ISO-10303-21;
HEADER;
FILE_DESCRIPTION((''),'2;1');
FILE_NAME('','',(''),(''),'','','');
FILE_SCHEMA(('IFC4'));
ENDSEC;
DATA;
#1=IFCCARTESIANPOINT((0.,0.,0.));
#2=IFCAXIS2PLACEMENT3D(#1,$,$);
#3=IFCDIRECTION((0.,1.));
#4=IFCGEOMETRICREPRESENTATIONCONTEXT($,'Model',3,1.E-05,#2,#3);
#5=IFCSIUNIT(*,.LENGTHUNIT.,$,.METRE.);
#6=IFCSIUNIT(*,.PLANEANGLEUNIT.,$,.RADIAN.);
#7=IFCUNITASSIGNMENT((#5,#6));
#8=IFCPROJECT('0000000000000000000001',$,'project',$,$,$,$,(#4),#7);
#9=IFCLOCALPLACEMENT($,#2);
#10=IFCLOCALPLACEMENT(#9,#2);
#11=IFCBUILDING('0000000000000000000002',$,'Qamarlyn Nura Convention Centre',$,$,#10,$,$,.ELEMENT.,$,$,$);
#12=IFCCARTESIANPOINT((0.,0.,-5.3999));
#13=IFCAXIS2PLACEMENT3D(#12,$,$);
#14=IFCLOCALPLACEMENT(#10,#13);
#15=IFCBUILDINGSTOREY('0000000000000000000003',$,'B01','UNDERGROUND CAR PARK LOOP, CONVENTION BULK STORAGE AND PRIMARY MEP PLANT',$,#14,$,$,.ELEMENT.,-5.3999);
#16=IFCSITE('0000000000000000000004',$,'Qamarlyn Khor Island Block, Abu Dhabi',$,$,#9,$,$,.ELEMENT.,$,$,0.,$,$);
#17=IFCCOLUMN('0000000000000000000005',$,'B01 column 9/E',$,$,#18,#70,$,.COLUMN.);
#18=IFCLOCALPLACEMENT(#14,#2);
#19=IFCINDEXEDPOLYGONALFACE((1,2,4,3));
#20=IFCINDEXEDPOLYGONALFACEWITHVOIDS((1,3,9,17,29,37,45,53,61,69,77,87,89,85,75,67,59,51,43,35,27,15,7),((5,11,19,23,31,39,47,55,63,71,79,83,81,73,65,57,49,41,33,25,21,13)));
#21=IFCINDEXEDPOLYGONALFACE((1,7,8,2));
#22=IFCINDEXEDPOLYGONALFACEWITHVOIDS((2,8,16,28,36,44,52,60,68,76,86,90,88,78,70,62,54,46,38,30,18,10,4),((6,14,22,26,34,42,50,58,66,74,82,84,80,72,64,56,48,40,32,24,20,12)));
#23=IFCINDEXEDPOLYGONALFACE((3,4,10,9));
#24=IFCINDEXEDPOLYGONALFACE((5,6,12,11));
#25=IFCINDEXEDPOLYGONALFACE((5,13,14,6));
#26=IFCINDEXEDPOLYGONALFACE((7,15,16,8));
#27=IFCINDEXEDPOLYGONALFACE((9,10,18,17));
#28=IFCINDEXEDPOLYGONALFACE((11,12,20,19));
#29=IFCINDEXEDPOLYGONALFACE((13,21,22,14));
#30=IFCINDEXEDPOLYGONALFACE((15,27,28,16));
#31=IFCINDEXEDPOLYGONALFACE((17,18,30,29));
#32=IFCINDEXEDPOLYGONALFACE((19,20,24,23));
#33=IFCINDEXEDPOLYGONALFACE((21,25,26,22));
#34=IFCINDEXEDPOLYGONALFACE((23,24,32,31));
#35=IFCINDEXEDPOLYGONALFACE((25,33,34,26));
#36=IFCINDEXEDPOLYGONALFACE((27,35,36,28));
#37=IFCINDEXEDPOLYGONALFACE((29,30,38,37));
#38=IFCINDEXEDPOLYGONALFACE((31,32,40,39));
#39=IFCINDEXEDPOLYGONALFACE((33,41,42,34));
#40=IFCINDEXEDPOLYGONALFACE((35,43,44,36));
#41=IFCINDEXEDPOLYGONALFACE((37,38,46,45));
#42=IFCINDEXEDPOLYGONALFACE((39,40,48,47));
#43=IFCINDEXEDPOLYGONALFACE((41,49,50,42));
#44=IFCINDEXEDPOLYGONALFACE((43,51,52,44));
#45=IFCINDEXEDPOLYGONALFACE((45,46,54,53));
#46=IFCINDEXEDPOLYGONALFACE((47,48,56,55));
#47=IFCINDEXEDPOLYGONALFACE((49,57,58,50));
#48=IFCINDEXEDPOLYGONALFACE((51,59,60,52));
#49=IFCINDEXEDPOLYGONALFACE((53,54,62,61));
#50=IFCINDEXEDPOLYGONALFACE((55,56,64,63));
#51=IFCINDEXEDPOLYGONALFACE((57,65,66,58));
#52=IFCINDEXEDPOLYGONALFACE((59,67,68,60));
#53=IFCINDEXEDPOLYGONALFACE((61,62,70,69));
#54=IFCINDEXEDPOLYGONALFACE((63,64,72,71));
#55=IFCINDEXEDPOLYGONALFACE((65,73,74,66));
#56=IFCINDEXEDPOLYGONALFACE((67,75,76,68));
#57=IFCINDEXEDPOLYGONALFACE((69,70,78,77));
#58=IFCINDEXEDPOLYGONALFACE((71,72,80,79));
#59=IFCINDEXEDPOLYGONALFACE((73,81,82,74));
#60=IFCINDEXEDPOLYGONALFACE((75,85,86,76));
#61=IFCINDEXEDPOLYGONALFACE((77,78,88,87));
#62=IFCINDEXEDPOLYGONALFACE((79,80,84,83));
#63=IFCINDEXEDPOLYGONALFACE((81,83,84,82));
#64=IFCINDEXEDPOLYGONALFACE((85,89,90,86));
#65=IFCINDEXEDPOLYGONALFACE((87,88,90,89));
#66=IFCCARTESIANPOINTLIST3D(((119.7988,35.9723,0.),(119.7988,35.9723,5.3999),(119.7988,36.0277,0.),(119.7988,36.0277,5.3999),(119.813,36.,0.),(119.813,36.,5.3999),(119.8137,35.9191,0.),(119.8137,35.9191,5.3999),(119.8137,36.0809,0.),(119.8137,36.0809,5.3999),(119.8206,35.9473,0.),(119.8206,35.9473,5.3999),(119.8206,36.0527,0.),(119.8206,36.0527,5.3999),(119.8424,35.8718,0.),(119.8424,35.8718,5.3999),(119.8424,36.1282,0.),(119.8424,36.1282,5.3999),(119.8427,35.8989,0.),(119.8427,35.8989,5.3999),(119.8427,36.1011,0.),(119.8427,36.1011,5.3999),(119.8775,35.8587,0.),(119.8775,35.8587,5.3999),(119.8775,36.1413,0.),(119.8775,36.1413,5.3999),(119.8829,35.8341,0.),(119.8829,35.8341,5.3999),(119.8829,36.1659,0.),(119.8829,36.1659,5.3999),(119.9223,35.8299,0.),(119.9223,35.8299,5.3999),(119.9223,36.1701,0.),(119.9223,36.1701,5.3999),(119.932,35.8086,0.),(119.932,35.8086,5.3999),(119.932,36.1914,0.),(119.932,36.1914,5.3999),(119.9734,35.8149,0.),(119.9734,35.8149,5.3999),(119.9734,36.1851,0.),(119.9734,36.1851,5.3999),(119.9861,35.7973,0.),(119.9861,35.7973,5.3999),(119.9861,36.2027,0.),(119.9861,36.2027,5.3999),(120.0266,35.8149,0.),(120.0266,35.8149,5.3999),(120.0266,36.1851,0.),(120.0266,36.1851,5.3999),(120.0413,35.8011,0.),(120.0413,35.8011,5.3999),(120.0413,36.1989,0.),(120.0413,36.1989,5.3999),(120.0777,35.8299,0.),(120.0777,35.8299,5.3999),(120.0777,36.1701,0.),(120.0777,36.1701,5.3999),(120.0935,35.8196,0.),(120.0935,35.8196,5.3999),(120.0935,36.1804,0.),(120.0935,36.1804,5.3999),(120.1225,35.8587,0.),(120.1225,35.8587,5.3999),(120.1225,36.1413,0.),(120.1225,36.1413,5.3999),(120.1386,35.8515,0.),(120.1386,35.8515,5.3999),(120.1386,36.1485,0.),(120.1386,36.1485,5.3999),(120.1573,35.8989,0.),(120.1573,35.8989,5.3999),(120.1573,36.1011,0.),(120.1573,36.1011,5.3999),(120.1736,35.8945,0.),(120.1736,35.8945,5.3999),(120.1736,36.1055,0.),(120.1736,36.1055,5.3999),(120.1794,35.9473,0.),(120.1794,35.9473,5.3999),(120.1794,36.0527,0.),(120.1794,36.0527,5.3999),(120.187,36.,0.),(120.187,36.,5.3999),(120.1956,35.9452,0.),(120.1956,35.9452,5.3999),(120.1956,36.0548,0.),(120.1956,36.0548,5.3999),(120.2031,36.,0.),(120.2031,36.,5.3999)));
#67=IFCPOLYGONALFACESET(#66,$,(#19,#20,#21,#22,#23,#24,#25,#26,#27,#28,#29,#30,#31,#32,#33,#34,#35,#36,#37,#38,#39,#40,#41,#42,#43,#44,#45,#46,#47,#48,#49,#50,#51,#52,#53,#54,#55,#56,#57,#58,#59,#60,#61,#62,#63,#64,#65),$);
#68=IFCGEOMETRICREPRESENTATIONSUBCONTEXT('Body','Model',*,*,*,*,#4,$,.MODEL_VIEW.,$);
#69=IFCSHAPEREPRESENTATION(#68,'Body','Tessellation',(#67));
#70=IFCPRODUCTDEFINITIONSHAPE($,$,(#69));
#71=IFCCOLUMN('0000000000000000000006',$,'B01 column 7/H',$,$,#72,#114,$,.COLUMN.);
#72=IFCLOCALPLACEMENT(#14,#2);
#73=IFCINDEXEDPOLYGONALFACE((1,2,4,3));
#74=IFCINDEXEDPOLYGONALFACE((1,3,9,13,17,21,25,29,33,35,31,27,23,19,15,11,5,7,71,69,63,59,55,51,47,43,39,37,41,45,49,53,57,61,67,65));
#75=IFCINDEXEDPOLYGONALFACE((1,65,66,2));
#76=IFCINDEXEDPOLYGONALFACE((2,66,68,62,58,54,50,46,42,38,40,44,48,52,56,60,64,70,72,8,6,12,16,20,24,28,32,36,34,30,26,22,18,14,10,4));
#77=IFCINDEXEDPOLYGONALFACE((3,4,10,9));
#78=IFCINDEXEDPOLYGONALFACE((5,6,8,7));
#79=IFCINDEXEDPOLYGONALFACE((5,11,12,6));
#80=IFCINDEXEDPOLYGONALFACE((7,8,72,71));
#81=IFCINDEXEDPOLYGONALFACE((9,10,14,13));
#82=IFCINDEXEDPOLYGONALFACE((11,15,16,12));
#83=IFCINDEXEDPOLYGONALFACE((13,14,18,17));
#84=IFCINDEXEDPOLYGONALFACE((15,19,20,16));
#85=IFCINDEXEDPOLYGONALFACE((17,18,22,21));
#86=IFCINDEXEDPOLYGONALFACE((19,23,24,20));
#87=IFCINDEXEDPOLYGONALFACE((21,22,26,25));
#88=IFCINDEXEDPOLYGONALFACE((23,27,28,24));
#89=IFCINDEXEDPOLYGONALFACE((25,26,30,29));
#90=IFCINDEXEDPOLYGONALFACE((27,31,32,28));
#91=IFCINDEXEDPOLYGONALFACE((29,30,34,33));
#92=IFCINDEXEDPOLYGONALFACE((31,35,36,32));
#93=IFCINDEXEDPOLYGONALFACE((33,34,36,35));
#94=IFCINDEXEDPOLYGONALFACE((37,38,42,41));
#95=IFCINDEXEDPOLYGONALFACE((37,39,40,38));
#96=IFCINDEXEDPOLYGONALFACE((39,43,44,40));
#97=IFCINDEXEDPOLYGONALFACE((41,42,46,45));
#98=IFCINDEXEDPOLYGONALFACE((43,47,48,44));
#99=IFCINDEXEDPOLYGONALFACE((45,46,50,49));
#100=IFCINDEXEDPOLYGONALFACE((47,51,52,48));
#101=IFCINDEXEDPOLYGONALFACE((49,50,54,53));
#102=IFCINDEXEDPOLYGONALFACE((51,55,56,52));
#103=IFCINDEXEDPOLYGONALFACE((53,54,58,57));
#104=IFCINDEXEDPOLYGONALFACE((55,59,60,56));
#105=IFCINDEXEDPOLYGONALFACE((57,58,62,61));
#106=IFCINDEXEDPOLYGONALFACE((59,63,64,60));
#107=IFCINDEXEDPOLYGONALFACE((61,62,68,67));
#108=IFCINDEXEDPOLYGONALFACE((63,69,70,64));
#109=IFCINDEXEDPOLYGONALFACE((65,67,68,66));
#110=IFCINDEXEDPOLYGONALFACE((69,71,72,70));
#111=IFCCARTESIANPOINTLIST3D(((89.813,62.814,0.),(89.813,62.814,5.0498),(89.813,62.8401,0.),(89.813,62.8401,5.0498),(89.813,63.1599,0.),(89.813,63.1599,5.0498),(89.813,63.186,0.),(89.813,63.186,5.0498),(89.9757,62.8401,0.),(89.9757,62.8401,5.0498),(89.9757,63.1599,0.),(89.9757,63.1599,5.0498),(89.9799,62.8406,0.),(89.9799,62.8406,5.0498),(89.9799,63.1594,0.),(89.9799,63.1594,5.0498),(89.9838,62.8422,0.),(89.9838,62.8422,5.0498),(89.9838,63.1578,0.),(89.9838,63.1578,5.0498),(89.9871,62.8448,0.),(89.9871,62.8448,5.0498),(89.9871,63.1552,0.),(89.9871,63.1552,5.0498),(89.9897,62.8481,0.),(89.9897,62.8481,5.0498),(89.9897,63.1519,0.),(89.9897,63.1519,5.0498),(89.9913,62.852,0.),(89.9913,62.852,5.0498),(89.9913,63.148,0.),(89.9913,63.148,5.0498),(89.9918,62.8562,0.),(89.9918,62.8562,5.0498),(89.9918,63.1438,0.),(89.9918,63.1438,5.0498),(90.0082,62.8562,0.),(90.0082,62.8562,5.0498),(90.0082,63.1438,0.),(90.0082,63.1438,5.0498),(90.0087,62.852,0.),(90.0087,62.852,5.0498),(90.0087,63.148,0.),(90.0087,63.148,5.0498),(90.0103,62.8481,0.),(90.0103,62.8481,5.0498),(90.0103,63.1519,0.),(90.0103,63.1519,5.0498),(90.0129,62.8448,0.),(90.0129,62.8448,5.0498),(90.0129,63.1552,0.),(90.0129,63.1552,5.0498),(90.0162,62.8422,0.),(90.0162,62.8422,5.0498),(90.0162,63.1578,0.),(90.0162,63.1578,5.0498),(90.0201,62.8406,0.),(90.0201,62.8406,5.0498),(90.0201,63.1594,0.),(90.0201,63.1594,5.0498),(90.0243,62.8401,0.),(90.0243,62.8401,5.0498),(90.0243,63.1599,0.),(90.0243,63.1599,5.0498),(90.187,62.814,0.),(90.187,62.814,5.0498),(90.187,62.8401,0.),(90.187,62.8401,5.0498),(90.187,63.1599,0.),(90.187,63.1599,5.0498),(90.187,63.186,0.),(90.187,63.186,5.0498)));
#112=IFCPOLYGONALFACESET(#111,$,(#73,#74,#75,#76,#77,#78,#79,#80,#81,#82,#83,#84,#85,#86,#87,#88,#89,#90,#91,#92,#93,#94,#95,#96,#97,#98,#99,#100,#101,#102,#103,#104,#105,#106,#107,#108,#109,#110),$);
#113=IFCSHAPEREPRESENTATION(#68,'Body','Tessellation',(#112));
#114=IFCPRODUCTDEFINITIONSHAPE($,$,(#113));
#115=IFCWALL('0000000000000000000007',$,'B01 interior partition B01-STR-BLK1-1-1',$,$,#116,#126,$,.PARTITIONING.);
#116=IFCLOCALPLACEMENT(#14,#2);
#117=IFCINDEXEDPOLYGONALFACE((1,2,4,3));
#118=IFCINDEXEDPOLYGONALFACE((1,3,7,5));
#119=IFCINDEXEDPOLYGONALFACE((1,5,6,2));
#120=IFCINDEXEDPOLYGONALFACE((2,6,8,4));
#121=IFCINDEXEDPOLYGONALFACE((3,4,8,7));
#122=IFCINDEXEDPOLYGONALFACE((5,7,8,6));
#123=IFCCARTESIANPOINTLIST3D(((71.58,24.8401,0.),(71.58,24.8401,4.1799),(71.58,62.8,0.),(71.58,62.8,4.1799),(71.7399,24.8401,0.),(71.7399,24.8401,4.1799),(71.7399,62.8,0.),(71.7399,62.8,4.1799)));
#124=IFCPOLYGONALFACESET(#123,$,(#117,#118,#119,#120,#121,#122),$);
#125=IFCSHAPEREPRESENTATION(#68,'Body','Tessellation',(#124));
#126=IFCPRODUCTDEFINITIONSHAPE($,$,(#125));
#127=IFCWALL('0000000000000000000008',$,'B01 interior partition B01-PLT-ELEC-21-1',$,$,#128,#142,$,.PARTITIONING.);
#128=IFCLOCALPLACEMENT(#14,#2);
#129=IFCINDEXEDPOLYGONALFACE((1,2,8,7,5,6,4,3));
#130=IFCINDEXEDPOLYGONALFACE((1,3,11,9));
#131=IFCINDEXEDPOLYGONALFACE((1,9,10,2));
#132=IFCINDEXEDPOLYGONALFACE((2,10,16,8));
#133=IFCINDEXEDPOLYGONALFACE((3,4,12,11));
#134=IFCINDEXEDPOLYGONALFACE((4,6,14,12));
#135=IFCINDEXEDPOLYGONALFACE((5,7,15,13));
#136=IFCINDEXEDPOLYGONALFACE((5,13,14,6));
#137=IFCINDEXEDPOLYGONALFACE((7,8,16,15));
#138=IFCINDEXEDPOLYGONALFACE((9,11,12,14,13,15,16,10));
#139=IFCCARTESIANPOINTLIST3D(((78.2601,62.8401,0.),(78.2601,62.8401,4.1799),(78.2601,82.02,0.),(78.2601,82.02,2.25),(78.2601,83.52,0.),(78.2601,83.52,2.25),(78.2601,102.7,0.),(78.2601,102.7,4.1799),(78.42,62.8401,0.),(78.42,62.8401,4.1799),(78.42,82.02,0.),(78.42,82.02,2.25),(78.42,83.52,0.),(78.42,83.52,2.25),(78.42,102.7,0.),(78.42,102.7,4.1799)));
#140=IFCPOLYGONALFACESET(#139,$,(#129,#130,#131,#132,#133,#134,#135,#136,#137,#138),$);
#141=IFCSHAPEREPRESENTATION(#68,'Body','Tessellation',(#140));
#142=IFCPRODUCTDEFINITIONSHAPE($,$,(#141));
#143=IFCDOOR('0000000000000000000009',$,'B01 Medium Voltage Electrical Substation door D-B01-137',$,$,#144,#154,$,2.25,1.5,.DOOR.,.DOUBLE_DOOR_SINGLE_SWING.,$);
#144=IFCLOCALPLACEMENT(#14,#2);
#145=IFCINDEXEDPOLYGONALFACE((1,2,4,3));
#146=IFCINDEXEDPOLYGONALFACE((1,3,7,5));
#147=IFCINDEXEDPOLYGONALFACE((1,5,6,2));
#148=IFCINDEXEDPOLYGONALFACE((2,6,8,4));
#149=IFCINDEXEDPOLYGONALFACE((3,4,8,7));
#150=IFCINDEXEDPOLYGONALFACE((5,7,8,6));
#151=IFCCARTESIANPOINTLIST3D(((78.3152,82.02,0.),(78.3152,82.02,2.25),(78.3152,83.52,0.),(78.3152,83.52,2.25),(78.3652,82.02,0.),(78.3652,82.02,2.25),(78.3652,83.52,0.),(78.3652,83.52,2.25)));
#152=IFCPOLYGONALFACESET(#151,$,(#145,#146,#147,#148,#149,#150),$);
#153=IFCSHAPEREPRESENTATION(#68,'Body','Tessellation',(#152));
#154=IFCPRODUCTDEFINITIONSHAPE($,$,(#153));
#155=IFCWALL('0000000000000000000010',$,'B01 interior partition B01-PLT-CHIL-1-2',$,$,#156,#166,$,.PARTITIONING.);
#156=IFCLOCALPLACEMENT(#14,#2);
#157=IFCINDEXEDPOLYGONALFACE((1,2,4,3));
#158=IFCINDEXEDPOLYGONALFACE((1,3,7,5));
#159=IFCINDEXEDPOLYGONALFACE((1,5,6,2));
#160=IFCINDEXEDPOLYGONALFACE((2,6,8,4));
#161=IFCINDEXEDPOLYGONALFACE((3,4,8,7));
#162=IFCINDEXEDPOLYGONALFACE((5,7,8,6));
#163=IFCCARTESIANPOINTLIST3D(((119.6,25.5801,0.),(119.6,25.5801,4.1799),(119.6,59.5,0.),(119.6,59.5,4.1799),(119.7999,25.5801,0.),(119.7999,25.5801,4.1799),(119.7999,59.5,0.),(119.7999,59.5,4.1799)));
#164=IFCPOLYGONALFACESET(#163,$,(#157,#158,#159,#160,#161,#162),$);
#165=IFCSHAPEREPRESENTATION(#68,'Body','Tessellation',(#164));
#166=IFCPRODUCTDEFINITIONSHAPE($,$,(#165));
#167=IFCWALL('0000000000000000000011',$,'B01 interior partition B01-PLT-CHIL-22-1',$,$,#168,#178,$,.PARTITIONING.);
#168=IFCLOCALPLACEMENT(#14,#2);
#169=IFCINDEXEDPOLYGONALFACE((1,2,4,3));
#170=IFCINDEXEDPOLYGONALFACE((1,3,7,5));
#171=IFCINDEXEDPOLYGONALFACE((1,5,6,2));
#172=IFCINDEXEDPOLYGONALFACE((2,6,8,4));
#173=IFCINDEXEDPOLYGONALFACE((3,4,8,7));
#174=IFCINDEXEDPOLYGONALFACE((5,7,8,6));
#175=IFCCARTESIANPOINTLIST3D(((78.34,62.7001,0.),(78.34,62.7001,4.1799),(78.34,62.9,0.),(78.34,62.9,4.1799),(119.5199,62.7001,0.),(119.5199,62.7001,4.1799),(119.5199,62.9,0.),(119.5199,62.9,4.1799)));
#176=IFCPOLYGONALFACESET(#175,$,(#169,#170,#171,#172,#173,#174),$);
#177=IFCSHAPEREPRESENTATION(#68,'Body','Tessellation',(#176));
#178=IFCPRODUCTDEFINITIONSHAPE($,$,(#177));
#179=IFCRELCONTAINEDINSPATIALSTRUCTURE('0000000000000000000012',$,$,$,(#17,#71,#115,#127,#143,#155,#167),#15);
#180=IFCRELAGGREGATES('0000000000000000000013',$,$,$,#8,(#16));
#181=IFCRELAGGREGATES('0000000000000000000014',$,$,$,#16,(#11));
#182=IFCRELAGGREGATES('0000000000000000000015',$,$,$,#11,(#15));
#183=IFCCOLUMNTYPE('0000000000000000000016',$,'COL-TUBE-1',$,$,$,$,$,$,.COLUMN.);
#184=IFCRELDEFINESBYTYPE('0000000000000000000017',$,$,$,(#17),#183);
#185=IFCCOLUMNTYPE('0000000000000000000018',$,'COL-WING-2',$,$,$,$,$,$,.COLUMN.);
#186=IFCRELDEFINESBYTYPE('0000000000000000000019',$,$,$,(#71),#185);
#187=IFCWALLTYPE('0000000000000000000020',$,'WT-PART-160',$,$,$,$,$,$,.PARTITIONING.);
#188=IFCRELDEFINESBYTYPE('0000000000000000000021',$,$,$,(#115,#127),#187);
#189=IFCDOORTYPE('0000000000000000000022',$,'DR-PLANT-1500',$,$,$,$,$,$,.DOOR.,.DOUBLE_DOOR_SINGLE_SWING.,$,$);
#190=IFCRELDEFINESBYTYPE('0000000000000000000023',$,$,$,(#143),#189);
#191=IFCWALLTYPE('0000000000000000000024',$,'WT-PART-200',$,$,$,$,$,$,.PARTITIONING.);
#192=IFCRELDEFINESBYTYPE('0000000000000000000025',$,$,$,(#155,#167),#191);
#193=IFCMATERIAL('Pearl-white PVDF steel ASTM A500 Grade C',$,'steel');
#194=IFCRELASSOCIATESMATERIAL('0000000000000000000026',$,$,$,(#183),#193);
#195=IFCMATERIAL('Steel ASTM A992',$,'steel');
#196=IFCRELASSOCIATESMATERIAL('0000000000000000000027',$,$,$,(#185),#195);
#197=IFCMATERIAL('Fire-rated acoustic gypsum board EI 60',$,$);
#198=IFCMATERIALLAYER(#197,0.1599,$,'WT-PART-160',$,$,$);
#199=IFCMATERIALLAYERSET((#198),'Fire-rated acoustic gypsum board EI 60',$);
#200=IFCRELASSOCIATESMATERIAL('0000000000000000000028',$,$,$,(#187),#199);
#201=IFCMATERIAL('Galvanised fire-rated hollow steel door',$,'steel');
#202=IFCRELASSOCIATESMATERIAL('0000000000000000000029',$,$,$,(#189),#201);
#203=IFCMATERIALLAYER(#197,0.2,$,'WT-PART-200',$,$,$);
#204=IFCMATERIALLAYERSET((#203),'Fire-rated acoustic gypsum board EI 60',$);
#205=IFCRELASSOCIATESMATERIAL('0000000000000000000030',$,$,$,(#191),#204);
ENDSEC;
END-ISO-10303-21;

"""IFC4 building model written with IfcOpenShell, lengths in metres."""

from ifc_helpers import new_model, si_unit, direction, frame, frame_2d, origin, origin_2d, place, context, subcontext, project, spatial, rectangle, hollow_circle, i_section, extrude, material, layer, layer_set, material_profile, profile_set, type_object, element, fill, save


model = new_model("IFC4")

# Units and contexts
model_context = context("Model", 3, precision=1e-05, world=origin(), true_north=direction((0.0, 1.0)))
body_context = subcontext(model_context, "Body", "Model", "MODEL_VIEW")
ifc_project = project(units=[si_unit("LENGTHUNIT", "METRE"), si_unit("PLANEANGLEUNIT", "RADIAN")], contexts=[model_context])

# Site, building, storey
site_placement = place(None, origin())
site = spatial("IfcSite", under=ifc_project, at=site_placement, Name="Qamarlyn Khor Island Block, Abu Dhabi", CompositionType="ELEMENT", RefElevation=0.0)
building_placement = place(site_placement, origin())
building = spatial("IfcBuilding", under=site, at=building_placement, Name="Qamarlyn Nura Convention Centre", CompositionType="ELEMENT")
storey_placement = place(building_placement, frame((0.0, 0.0, -5.3999)))
storey = spatial("IfcBuildingStorey", under=building, at=storey_placement, Name="B01", Description="UNDERGROUND CAR PARK LOOP, CONVENTION BULK STORAGE AND PRIMARY MEP PLANT", CompositionType="ELEMENT", Elevation=-5.3999)

# Columns
ifc_material_1 = material(Name="Pearl-white PVDF steel ASTM A500 Grade C", Category="steel")
ifc_material_profile_1 = material_profile(ifc_material_1, hollow_circle(Radius=0.2031, WallThickness=0.0161, at=origin_2d()), Name="CHS406.4X16")
ifc_profile_set_1 = profile_set([ifc_material_profile_1], Name="Pearl-white PVDF steel ASTM A500 Grade C")
column_type_1 = type_object("IfcColumnType", Name="COL-TUBE-1", PredefinedType="COLUMN", material=ifc_profile_set_1)
column_1_placement = place(storey_placement, frame((120.0, 36.0, 0.0), z_axis=(0.0, 0.0, 1.0), x_axis=(1.0, 0.0, 0.0)))
element("IfcColumn", 1, at=column_1_placement, inside=storey, type_object=column_type_1, Name="B01 column 9/E", PredefinedType="COLUMN", context=body_context, shape_type="SweptSolid", body=[
    extrude(hollow_circle(Radius=0.2031, WallThickness=0.0161, at=origin_2d()), origin(), (0.0, 0.0, 1.0), 5.3999),
])
ifc_material_2 = material(Name="Steel ASTM A992", Category="steel")
ifc_material_profile_2 = material_profile(ifc_material_2, i_section(OverallWidth=0.374, OverallDepth=0.3721, WebThickness=0.0164, FlangeThickness=0.0261, FilletRadius=0.0161, at=origin_2d()), Name="W360X196")
ifc_profile_set_2 = profile_set([ifc_material_profile_2], Name="Steel ASTM A992")
column_type_2 = type_object("IfcColumnType", Name="COL-WING-2", PredefinedType="COLUMN", material=ifc_profile_set_2)
column_2_placement = place(storey_placement, frame((90.0, 63.0, 0.0), z_axis=(0.0, 0.0, 1.0), x_axis=(1.0, 0.0, 0.0)))
element("IfcColumn", 2, at=column_2_placement, inside=storey, type_object=column_type_2, Name="B01 column 7/H", PredefinedType="COLUMN", context=body_context, shape_type="SweptSolid", body=[
    extrude(i_section(OverallWidth=0.374, OverallDepth=0.3721, WebThickness=0.0164, FlangeThickness=0.0261, FilletRadius=0.0161, at=origin_2d()), origin(), (0.0, 0.0, 1.0), 5.0498),
])

# Wall
ifc_material_3 = material(Name="Fire-rated acoustic gypsum board EI 60")
ifc_layer_1 = layer(ifc_material_3, 0.1599, Name="WT-PART-160")
ifc_layer_set_1 = layer_set([ifc_layer_1], Name="Fire-rated acoustic gypsum board EI 60")
wall_type_1 = type_object("IfcWallType", Name="WT-PART-160", PredefinedType="PARTITIONING", material=ifc_layer_set_1)
wall_1_placement = place(storey_placement, frame((71.6599, 62.8, 0.0), z_axis=(0.0, 0.0, 1.0), x_axis=(0.0, -1.0, 0.0)))
element("IfcWall", 3, at=wall_1_placement, inside=storey, type_object=wall_type_1, Name="B01 interior partition B01-STR-BLK1-1-1", PredefinedType="PARTITIONING", context=body_context, shape_type="SweptSolid", body=[
    extrude(rectangle(XDim=37.96, YDim=0.1599, at=frame_2d((18.98, 0.0))), origin(), (0.0, 0.0, 1.0), 4.1799),
])

# Wall, opening, door
wall_2_placement = place(storey_placement, frame((78.3401, 62.8401, 0.0), z_axis=(0.0, 0.0, 1.0), x_axis=(0.0, 1.0, 0.0)))
wall_2 = element("IfcWall", 4, at=wall_2_placement, inside=storey, type_object=wall_type_1, Name="B01 interior partition B01-PLT-ELEC-21-1", PredefinedType="PARTITIONING", context=body_context, shape_type="SweptSolid", body=[
    extrude(rectangle(XDim=39.8599, YDim=0.1599, at=frame_2d((19.9299, 0.0))), origin(), (0.0, 0.0, 1.0), 4.1799),
])
opening_placement = place(wall_2_placement, frame((19.1799, 0.0, 0.0)))
opening = element("IfcOpeningElement", 5, at=opening_placement, cuts=wall_2, PredefinedType="OPENING", context=body_context, shape_type="SweptSolid", body=[
    extrude(rectangle(XDim=1.5, YDim=2.25, at=frame_2d((0.75, 1.125))), frame((0.0, 0.0898, 0.0), z_axis=(0.0, -1.0, 0.0), x_axis=(1.0, 0.0, 0.0)), (0.0, 0.0, 1.0), 0.1799),
])
ifc_material_4 = material(Name="Galvanised fire-rated hollow steel door", Category="steel")
door_type = type_object("IfcDoorType", Name="DR-PLANT-1500", OperationType="DOUBLE_DOOR_SINGLE_SWING", PredefinedType="DOOR", material=ifc_material_4)
door_placement = place(opening_placement, origin())
door = element("IfcDoor", 6, at=door_placement, inside=storey, type_object=door_type, Name="B01 Medium Voltage Electrical Substation door D-B01-137", OperationType="DOUBLE_DOOR_SINGLE_SWING", OverallHeight=2.25, OverallWidth=1.5, PredefinedType="DOOR", context=body_context, shape_type="SweptSolid", body=[
    extrude(rectangle(XDim=1.5, YDim=2.25, at=frame_2d((0.75, 1.125))), frame((0.0, 0.0249, 0.0), z_axis=(0.0, -1.0, 0.0), x_axis=(1.0, 0.0, 0.0)), (0.0, 0.0, 1.0), 0.05),
])
fill(opening, door)

# Walls
ifc_layer_2 = layer(ifc_material_3, 0.2, Name="WT-PART-200")
ifc_layer_set_2 = layer_set([ifc_layer_2], Name="Fire-rated acoustic gypsum board EI 60")
wall_type_2 = type_object("IfcWallType", Name="WT-PART-200", PredefinedType="PARTITIONING", material=ifc_layer_set_2)
wall_3_placement = place(storey_placement, frame((119.7, 59.5, 0.0), z_axis=(0.0, 0.0, 1.0), x_axis=(0.0, -1.0, 0.0)))
element("IfcWall", 7, at=wall_3_placement, inside=storey, type_object=wall_type_2, Name="B01 interior partition B01-PLT-CHIL-1-2", PredefinedType="PARTITIONING", context=body_context, shape_type="SweptSolid", body=[
    extrude(rectangle(XDim=33.9199, YDim=0.2, at=frame_2d((16.96, 0.0))), origin(), (0.0, 0.0, 1.0), 4.1799),
])
wall_4_placement = place(storey_placement, frame((78.3401, 62.8, 0.0), z_axis=(0.0, 0.0, 1.0), x_axis=(1.0, 0.0, 0.0)))
element("IfcWall", 8, at=wall_4_placement, inside=storey, type_object=wall_type_2, Name="B01 interior partition B01-PLT-CHIL-22-1", PredefinedType="PARTITIONING", context=body_context, shape_type="SweptSolid", body=[
    extrude(rectangle(XDim=41.1799, YDim=0.2, at=frame_2d((20.5898, 0.0))), origin(), (0.0, 0.0, 1.0), 4.1799),
])

save(model, "model.ifc")
